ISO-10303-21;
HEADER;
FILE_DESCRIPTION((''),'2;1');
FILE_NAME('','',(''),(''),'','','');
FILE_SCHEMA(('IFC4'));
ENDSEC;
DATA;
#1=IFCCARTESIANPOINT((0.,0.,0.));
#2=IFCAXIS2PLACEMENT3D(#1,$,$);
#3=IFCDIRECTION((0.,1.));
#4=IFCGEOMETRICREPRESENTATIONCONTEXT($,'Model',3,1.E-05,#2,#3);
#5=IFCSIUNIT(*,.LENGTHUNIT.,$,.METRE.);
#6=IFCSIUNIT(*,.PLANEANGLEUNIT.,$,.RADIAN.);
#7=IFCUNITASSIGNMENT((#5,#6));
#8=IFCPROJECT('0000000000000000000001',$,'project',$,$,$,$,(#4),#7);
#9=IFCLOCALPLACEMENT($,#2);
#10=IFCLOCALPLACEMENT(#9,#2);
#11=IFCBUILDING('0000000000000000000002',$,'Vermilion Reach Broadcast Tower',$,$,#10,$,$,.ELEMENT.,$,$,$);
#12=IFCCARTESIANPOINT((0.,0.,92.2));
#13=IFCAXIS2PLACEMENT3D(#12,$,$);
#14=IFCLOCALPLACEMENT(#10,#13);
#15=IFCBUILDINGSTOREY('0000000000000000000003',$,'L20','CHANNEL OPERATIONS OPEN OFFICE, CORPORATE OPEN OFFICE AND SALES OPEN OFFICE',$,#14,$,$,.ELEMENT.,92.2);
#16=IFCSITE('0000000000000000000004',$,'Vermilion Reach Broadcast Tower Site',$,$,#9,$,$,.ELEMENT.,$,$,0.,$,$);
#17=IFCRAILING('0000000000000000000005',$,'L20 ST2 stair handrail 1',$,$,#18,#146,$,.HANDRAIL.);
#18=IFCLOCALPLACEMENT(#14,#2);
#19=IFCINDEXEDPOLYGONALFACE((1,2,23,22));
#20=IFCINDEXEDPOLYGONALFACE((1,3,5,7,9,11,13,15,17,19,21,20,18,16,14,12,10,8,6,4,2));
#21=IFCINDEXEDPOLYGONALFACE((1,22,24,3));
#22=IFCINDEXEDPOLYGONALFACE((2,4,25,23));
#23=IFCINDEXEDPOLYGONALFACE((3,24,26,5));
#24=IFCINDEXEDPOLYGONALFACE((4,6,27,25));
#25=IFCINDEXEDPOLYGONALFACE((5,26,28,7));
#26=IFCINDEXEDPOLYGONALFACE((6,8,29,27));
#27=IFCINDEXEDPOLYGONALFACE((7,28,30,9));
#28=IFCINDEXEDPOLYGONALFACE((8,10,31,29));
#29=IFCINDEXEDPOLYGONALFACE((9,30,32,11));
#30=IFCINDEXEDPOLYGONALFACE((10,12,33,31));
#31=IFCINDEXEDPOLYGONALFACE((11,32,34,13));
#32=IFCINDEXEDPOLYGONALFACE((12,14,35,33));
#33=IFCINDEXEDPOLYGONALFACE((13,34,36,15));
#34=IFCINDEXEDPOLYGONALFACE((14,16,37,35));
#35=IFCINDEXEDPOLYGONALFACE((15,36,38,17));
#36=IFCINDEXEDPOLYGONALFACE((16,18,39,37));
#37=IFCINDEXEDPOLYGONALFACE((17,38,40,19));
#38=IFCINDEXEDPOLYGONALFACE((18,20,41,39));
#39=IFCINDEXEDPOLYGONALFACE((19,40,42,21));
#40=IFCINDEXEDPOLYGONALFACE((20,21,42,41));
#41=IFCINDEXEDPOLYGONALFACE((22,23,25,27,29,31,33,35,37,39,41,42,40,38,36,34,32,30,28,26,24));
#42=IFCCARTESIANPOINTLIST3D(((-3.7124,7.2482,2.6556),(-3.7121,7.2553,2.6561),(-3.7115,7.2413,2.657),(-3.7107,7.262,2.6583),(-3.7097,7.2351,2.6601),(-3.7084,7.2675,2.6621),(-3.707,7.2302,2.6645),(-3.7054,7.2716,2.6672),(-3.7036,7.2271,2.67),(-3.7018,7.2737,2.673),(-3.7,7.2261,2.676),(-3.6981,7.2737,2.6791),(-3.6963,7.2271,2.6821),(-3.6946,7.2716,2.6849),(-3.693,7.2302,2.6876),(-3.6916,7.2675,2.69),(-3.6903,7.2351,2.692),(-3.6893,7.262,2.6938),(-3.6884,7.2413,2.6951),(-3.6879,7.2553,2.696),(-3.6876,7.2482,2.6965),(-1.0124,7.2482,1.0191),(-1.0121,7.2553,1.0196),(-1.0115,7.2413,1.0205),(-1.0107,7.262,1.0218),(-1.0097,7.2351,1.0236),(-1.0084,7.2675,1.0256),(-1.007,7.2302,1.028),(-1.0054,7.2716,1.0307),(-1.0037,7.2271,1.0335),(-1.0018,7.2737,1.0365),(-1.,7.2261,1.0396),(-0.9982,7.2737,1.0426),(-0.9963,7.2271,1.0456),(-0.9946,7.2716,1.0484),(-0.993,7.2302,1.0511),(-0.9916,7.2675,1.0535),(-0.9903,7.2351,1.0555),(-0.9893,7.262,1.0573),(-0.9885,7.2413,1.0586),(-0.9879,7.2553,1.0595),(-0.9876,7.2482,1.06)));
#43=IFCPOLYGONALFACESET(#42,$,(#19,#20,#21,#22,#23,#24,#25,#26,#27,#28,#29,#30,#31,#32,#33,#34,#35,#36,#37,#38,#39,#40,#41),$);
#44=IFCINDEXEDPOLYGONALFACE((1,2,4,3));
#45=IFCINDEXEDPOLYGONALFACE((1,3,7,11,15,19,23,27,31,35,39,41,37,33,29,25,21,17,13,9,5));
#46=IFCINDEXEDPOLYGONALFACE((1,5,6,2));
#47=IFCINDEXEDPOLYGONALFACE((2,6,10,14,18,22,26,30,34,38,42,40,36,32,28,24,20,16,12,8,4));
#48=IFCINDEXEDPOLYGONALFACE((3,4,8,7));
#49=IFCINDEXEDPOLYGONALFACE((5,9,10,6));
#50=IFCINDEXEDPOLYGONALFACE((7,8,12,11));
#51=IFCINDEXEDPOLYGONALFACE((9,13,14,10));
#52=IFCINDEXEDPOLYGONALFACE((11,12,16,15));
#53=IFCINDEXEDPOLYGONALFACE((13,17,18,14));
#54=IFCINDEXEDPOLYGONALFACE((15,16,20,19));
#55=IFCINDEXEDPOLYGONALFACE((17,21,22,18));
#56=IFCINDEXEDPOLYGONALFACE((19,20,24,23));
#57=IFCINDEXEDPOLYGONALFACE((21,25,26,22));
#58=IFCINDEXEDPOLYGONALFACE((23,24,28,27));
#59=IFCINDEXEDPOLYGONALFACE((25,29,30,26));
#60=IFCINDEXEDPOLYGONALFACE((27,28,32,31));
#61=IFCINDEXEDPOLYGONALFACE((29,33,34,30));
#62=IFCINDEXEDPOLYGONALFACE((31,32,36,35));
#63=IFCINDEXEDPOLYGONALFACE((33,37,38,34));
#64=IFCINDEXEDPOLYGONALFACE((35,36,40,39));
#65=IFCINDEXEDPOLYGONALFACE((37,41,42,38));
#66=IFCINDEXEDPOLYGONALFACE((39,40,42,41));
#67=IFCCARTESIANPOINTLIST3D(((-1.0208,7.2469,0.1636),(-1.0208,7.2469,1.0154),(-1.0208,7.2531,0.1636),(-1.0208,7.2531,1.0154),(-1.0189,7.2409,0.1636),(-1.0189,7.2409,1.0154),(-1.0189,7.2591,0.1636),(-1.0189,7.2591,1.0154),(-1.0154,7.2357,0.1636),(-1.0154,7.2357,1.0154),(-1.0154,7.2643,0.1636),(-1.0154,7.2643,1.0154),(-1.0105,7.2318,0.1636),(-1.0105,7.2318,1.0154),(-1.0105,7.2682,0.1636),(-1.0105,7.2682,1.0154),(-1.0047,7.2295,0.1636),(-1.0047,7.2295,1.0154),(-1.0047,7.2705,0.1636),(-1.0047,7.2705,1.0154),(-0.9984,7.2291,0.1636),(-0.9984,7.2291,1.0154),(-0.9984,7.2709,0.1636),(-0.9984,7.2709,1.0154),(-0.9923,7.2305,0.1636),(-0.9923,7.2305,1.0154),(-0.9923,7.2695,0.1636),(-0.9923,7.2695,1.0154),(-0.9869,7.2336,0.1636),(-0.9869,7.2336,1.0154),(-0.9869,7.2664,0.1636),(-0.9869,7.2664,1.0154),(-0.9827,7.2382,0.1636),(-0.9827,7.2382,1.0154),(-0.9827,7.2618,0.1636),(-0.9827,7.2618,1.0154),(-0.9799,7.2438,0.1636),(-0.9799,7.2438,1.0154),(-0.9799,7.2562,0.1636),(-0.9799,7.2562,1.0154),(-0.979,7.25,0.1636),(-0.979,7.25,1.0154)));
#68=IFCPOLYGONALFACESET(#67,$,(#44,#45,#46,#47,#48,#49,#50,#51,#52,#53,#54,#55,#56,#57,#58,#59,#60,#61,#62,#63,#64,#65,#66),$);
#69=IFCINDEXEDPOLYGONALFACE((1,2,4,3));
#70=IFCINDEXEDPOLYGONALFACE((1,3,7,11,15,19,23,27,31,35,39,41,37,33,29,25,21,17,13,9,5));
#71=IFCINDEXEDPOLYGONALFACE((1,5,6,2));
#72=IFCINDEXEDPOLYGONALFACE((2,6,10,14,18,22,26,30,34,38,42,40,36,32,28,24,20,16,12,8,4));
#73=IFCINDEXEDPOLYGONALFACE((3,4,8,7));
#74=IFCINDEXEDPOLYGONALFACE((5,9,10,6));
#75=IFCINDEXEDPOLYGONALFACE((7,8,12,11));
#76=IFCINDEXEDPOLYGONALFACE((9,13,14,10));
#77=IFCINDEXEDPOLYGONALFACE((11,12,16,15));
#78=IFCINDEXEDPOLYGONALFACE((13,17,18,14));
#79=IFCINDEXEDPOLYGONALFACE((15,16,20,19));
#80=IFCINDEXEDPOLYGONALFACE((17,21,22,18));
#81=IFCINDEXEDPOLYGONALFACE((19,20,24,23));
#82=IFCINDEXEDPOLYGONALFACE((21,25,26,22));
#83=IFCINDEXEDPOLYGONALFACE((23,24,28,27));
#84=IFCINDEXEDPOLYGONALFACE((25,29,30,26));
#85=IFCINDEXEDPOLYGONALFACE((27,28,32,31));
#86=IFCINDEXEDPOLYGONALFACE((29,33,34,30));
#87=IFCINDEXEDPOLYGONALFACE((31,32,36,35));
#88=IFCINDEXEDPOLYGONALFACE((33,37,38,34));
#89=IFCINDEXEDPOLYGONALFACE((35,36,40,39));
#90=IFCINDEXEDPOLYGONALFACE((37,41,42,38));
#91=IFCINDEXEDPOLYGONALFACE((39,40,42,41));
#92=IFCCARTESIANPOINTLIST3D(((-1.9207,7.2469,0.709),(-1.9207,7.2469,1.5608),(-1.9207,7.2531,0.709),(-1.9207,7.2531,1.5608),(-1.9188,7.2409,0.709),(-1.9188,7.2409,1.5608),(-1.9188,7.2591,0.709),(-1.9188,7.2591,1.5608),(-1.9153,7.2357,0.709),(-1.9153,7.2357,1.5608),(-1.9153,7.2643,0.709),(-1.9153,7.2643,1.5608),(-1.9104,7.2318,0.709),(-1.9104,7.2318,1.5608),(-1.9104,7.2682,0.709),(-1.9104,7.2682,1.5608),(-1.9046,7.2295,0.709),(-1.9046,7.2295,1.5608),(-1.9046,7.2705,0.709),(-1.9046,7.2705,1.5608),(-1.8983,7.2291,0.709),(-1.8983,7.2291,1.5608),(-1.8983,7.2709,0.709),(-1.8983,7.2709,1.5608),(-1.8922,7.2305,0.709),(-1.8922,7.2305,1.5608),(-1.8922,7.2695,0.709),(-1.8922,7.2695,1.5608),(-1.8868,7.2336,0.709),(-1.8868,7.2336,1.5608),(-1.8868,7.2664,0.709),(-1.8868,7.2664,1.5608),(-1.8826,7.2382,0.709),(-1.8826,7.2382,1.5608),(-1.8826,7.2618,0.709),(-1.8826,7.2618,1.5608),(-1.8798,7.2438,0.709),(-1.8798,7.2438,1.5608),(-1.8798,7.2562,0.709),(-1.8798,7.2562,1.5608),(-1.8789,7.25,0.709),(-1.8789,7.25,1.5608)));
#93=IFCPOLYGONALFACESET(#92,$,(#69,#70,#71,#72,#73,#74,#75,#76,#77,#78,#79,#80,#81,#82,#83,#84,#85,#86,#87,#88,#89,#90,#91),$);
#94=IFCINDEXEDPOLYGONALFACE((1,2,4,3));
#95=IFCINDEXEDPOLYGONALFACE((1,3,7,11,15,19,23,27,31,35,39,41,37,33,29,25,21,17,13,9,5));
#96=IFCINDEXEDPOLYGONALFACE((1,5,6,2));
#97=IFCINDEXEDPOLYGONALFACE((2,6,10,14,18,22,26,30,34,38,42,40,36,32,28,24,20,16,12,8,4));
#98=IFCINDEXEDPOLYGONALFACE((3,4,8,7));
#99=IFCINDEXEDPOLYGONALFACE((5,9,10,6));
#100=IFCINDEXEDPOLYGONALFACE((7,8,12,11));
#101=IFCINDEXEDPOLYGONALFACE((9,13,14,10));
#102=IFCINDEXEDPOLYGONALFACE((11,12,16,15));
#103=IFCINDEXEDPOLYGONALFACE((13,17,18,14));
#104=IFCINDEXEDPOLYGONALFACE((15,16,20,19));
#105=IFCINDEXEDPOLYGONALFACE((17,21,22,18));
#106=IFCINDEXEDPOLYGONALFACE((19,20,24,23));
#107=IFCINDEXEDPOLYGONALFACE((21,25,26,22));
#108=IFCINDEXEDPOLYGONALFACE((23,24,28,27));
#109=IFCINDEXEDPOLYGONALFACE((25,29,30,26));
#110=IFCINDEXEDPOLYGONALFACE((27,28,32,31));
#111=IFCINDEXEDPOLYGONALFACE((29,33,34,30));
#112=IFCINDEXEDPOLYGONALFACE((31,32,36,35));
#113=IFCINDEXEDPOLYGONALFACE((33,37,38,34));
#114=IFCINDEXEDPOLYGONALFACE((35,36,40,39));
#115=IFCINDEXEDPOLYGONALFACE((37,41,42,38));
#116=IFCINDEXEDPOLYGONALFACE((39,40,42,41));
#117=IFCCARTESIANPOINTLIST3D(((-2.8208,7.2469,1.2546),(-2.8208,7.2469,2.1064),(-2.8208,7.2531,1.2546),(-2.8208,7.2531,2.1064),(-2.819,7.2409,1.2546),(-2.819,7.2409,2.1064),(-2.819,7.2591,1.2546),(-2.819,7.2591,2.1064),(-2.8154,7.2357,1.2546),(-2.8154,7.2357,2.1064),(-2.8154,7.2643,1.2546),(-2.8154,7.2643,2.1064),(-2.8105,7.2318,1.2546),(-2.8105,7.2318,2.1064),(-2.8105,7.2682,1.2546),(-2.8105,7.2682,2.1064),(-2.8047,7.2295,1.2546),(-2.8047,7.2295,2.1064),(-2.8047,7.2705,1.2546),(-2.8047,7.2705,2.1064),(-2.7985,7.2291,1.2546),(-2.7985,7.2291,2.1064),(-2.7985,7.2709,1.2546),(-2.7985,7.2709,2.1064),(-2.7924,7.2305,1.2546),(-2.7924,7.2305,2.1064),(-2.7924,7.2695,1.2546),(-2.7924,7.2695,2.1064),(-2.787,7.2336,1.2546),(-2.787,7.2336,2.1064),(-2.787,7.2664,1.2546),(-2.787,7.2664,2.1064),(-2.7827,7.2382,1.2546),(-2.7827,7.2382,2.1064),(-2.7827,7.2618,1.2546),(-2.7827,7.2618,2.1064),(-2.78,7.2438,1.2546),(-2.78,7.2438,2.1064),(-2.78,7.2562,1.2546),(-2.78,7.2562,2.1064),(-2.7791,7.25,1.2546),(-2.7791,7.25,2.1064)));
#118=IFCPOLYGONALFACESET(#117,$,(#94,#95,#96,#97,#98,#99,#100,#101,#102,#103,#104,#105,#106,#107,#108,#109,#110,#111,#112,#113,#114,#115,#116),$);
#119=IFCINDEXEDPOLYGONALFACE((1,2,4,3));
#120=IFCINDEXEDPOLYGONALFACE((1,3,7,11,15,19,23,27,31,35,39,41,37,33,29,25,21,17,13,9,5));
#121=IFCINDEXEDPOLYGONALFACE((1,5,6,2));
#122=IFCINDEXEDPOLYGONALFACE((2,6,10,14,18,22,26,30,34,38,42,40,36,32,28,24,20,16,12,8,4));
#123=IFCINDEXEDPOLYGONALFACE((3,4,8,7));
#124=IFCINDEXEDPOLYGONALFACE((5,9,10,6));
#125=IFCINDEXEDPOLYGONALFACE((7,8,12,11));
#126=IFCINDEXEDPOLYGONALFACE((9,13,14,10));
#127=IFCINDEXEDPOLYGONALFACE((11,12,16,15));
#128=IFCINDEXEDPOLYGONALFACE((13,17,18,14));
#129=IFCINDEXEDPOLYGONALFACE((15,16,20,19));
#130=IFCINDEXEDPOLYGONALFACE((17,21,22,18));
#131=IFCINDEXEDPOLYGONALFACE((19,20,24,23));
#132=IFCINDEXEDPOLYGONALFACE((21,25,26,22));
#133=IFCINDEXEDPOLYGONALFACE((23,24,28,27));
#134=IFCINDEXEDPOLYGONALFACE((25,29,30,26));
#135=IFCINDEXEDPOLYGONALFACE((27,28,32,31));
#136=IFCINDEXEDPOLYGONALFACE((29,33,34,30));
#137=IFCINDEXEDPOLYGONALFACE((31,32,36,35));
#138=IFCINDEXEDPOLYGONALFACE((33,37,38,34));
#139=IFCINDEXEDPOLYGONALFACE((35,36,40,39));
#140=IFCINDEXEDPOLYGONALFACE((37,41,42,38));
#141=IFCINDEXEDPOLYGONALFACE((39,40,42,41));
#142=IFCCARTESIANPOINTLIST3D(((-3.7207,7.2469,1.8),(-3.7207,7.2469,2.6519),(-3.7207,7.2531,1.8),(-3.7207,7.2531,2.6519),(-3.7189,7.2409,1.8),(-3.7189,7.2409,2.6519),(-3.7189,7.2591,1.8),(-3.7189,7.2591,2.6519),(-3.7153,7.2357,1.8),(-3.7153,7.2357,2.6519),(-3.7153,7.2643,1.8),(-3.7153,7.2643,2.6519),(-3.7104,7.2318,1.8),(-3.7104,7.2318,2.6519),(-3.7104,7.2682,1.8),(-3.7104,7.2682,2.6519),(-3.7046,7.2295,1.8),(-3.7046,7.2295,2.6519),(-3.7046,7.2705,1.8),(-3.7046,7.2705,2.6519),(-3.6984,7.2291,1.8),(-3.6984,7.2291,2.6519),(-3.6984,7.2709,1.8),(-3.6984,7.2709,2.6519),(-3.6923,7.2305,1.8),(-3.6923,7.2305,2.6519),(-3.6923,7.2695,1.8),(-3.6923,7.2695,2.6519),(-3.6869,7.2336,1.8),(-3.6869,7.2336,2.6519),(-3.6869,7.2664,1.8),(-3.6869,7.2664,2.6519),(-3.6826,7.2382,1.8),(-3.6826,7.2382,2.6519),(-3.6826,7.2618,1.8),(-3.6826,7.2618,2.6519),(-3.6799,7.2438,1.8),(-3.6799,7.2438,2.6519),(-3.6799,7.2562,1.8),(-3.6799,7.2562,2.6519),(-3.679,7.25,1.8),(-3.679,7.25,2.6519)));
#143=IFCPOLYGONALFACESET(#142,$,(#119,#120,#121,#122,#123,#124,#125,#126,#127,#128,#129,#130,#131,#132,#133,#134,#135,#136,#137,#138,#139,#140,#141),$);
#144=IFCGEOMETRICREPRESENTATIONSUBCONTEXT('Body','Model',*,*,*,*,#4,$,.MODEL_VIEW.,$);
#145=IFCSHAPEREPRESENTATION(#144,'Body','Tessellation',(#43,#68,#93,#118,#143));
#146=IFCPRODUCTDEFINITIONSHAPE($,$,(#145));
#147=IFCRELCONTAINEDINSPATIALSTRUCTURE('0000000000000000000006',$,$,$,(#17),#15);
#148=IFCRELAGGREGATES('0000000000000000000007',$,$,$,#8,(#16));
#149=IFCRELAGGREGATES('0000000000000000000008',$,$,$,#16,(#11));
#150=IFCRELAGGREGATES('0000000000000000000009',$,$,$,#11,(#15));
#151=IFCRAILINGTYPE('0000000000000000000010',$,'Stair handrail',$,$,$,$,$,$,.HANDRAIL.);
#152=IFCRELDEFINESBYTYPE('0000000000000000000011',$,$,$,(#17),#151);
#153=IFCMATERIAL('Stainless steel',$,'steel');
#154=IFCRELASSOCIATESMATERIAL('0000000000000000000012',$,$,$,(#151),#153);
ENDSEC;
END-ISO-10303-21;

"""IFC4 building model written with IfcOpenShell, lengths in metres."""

from ifc_helpers import new_model, si_unit, direction, frame, origin, origin_2d, place, context, subcontext, project, spatial, circle, extrude, material, type_object, element, save


model = new_model("IFC4")

# Units and contexts
model_context = context("Model", 3, precision=1e-05, world=origin(), true_north=direction((0.0, 1.0)))
body_context = subcontext(model_context, "Body", "Model", "MODEL_VIEW")
ifc_project = project(units=[si_unit("LENGTHUNIT", "METRE"), si_unit("PLANEANGLEUNIT", "RADIAN")], contexts=[model_context])

# Site, building, storey
site_placement = place(None, origin())
site = spatial("IfcSite", under=ifc_project, at=site_placement, Name="Vermilion Reach Broadcast Tower Site", CompositionType="ELEMENT", RefElevation=0.0)
building_placement = place(site_placement, origin())
building = spatial("IfcBuilding", under=site, at=building_placement, Name="Vermilion Reach Broadcast Tower", CompositionType="ELEMENT")
storey_placement = place(building_placement, frame((0.0, 0.0, 92.2)))
storey = spatial("IfcBuildingStorey", under=building, at=storey_placement, Name="L20", Description="CHANNEL OPERATIONS OPEN OFFICE, CORPORATE OPEN OFFICE AND SALES OPEN OFFICE", CompositionType="ELEMENT", Elevation=92.2)

# Railing
ifc_material_1 = material(Name="Stainless steel", Category="steel")
railing_type_1 = type_object("IfcRailingType", Name="Stair handrail", PredefinedType="HANDRAIL", material=ifc_material_1)
railing_1_placement = place(storey_placement, frame((-1.0, 7.25, 0.1636)))
element("IfcRailing", 1, at=railing_1_placement, inside=storey, type_object=railing_type_1, Name="L20 ST2 stair handrail 1", PredefinedType="HANDRAIL", context=body_context, shape_type="SweptSolid", body=[
    extrude(circle(Radius=0.0239, at=origin_2d()), frame((0.0, 0.0, 0.876), z_axis=(-0.855178, 0.0, 0.518334), x_axis=(0.0, -1.0, 0.0)), (0.0, 0.0, 1.0), 3.1572),
    extrude(circle(Radius=0.021, at=origin_2d()), origin(), (0.0, 0.0, 1.0), 0.8518),
    extrude(circle(Radius=0.021, at=origin_2d()), frame((-0.8999, 0.0, 0.5454)), (0.0, 0.0, 1.0), 0.8518),
    extrude(circle(Radius=0.021, at=origin_2d()), frame((-1.8, 0.0, 1.0911)), (0.0, 0.0, 1.0), 0.8518),
    extrude(circle(Radius=0.021, at=origin_2d()), frame((-2.7, 0.0, 1.6365)), (0.0, 0.0, 1.0), 0.8518),
])

save(model, "model.ifc")
